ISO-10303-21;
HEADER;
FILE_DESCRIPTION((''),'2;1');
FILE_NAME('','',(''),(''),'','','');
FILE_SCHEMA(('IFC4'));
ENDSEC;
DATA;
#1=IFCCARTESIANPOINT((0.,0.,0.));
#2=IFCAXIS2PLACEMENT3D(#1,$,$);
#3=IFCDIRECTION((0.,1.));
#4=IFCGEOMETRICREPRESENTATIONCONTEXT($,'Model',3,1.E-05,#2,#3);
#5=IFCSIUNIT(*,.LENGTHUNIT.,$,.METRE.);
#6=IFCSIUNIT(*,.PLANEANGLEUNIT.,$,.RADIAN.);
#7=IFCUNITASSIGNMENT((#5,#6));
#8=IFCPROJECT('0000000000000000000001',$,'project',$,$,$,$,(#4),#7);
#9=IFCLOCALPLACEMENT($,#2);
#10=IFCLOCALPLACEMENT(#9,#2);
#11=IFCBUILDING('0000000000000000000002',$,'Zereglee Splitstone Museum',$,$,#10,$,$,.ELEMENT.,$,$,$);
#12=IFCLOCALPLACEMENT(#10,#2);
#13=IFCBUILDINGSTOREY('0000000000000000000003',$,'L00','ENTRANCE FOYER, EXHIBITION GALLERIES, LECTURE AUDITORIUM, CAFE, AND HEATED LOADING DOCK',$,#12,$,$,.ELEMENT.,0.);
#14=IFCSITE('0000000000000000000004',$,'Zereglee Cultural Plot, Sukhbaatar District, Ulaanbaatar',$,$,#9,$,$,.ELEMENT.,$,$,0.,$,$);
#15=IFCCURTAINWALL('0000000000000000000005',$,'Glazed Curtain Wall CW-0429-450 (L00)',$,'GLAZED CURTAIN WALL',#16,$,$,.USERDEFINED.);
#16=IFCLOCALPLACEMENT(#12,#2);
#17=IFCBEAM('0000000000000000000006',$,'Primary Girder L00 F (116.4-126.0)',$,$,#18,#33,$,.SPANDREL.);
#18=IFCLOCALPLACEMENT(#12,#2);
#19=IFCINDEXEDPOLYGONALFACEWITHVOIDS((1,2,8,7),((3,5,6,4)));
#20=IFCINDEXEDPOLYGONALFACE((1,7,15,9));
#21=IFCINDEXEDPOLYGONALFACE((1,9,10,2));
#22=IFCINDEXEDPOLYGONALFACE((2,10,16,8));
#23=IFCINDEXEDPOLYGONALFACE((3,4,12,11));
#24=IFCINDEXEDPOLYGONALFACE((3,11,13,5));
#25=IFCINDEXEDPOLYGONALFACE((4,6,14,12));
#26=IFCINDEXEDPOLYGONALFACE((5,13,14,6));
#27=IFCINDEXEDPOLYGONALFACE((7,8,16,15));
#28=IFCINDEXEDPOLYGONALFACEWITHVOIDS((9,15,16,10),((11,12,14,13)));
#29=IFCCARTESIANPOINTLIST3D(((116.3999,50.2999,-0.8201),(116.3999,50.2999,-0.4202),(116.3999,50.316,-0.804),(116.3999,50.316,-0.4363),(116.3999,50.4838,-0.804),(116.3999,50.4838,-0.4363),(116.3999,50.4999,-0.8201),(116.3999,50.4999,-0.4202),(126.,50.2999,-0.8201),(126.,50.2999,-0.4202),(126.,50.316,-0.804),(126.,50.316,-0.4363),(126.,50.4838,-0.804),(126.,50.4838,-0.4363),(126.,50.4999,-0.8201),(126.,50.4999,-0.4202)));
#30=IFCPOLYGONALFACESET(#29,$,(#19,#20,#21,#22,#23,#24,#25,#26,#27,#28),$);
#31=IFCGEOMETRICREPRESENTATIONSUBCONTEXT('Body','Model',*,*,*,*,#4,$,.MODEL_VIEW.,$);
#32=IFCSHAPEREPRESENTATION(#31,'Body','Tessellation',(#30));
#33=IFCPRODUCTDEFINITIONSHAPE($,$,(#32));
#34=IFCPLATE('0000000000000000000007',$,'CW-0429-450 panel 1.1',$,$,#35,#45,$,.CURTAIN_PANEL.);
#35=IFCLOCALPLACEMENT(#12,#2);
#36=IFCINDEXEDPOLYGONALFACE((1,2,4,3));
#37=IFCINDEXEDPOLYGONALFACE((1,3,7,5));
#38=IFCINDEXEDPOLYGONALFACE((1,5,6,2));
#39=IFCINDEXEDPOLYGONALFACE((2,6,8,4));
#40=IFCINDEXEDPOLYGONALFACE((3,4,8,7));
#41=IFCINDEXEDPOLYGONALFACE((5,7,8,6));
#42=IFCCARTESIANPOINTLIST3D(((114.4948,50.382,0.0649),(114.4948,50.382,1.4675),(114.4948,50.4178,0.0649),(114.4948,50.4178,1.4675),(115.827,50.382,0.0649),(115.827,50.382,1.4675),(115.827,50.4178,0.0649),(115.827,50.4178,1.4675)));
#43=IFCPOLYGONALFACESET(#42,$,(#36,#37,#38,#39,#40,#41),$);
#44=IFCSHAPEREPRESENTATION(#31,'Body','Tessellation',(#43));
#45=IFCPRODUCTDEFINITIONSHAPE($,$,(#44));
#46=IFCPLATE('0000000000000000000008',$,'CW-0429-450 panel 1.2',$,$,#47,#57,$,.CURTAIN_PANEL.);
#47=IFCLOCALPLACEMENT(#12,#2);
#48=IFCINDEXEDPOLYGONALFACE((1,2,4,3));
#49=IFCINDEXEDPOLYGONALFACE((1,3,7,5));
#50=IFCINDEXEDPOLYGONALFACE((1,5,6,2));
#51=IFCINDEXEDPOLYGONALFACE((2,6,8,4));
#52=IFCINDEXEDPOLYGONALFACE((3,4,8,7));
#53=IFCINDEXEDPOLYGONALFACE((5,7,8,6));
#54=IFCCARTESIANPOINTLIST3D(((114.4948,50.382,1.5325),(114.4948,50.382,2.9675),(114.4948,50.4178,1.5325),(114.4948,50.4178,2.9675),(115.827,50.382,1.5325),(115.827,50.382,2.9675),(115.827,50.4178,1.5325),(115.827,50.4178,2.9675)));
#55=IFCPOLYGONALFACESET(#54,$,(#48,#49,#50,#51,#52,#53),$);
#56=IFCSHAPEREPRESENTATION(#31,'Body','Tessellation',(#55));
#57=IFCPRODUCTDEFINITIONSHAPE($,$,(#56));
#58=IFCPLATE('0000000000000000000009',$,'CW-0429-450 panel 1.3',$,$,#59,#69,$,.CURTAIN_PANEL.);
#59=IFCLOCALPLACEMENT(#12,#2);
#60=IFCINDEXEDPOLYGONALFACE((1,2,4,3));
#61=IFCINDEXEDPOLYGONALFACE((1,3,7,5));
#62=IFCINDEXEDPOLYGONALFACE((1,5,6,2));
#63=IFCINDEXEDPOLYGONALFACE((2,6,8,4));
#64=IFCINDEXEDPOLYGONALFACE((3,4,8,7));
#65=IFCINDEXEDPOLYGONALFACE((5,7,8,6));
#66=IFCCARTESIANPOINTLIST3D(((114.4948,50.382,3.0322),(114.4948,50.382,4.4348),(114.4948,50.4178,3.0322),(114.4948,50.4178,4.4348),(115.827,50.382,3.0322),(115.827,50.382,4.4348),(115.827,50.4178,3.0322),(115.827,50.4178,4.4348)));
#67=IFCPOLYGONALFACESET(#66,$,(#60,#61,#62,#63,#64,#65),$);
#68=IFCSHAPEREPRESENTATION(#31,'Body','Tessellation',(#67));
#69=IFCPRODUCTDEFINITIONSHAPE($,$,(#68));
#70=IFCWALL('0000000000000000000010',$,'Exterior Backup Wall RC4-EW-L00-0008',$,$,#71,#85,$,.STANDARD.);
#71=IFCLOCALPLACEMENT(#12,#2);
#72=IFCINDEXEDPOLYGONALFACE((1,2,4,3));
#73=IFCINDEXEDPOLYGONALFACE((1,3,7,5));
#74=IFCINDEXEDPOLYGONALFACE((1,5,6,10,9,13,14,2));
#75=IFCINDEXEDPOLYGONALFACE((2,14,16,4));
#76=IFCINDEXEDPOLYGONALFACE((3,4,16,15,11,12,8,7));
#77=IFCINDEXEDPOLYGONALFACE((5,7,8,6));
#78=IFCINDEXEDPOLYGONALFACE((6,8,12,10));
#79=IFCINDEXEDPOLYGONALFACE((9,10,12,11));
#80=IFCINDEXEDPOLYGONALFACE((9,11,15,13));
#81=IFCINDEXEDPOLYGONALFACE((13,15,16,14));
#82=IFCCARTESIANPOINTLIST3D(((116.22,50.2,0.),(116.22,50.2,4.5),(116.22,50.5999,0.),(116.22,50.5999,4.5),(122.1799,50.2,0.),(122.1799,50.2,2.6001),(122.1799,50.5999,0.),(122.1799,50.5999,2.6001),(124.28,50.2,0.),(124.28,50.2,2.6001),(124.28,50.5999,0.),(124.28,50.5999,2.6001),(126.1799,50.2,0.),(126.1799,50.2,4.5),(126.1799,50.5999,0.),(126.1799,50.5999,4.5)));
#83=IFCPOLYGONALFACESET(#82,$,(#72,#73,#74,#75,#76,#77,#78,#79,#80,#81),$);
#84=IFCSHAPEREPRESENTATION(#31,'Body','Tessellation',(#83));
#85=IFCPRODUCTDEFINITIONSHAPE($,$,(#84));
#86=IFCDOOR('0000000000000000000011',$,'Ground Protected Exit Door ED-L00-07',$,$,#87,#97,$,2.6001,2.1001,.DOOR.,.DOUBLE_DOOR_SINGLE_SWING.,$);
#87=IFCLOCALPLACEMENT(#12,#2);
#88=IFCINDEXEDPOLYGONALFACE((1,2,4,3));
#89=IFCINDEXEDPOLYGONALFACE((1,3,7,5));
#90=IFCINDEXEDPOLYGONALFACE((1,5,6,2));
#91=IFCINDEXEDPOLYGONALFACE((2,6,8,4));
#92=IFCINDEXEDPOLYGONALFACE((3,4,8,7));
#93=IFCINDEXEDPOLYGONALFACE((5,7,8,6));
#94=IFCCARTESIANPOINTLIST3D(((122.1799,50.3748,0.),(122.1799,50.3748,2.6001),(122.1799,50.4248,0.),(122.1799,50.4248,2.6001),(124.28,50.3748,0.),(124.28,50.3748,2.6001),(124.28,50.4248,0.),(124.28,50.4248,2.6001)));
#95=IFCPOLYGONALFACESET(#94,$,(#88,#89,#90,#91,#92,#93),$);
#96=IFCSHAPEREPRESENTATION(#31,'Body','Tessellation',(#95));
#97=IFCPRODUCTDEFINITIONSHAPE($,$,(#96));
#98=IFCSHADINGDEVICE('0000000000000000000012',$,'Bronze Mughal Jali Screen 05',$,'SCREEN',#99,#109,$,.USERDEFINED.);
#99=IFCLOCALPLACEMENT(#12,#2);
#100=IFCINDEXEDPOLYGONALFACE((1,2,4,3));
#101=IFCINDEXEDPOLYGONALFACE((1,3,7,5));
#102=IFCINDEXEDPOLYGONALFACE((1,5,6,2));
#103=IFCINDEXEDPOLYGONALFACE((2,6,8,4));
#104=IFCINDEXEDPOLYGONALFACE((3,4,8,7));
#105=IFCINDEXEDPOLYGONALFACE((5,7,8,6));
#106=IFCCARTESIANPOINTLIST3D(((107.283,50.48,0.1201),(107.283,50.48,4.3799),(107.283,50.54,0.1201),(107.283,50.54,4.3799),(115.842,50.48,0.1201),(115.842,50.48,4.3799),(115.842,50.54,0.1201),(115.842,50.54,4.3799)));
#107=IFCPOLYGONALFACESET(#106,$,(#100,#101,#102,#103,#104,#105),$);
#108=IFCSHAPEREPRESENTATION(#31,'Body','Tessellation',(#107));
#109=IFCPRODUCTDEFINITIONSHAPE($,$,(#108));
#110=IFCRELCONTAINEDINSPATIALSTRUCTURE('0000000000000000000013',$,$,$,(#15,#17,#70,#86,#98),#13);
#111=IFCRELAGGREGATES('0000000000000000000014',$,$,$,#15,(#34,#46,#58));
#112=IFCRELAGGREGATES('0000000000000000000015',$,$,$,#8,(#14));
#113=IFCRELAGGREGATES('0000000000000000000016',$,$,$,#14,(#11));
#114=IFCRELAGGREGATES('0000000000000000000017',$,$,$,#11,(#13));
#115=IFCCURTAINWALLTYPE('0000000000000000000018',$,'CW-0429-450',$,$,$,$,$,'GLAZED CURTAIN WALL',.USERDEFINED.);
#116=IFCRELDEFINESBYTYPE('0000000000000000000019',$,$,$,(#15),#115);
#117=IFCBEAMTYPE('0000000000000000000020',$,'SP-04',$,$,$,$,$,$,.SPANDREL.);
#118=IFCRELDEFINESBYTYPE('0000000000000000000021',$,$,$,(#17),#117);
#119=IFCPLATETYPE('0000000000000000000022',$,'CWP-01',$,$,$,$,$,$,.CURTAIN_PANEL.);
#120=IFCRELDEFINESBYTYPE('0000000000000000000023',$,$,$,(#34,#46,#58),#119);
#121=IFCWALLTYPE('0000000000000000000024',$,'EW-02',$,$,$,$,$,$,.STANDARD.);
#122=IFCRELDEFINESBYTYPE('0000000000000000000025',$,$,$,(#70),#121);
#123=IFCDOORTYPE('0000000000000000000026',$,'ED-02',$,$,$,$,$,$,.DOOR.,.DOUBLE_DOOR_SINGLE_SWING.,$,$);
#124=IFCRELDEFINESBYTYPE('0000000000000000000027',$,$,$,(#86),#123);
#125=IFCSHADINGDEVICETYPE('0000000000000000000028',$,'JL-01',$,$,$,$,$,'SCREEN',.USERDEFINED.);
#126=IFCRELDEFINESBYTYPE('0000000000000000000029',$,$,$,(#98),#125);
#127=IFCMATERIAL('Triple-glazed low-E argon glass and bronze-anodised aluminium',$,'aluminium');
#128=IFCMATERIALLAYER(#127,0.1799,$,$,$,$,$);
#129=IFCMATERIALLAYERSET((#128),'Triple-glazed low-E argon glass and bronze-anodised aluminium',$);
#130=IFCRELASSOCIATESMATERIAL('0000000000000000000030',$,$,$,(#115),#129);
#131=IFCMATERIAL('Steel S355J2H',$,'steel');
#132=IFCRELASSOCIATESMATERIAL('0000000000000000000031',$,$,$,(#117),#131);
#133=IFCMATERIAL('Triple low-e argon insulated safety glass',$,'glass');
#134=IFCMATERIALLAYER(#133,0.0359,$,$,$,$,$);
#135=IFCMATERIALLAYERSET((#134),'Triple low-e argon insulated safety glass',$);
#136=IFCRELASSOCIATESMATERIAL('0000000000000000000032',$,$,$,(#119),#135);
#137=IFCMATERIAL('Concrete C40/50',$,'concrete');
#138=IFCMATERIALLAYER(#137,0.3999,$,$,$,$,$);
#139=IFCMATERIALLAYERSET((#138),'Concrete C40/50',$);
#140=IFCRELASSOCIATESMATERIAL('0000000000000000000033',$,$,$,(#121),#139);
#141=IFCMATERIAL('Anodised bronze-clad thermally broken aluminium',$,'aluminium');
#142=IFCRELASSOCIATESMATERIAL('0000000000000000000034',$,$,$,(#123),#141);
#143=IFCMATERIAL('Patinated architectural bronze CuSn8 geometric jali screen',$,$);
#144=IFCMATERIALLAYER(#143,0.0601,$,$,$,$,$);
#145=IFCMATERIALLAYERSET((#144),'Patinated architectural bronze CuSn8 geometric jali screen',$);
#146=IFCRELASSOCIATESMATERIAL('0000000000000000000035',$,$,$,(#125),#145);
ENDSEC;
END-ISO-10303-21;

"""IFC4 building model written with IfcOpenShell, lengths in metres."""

from ifc_helpers import new_model, si_unit, direction, frame, frame_2d, origin, origin_2d, place, context, subcontext, project, spatial, polyline, rectangle, hollow_rectangle, outline, extrude, material, layer, layer_set, material_profile, profile_set, type_object, element, fill, aggregate, save


model = new_model("IFC4")

# Units and contexts
model_context = context("Model", 3, precision=1e-05, world=origin(), true_north=direction((0.0, 1.0)))
body_context = subcontext(model_context, "Body", "Model", "MODEL_VIEW")
ifc_project = project(units=[si_unit("LENGTHUNIT", "METRE"), si_unit("PLANEANGLEUNIT", "RADIAN")], contexts=[model_context])

# Site, building, storey
site_placement = place(None, origin())
site = spatial("IfcSite", under=ifc_project, at=site_placement, Name="Zereglee Cultural Plot, Sukhbaatar District, Ulaanbaatar", CompositionType="ELEMENT", RefElevation=0.0)
building_placement = place(site_placement, origin())
building = spatial("IfcBuilding", under=site, at=building_placement, Name="Zereglee Splitstone Museum", CompositionType="ELEMENT")
storey_placement = place(building_placement, origin())
storey = spatial("IfcBuildingStorey", under=building, at=storey_placement, Name="L00", Description="ENTRANCE FOYER, EXHIBITION GALLERIES, LECTURE AUDITORIUM, CAFE, AND HEATED LOADING DOCK", CompositionType="ELEMENT", Elevation=0.0)

# Shared definitions
ifc_material_1 = material(Name="Triple-glazed low-E argon glass and bronze-anodised aluminium", Category="aluminium")

# Curtain wall
ifc_layer_1 = layer(ifc_material_1, 0.1799)
ifc_layer_set_1 = layer_set([ifc_layer_1], Name="Triple-glazed low-E argon glass and bronze-anodised aluminium")
curtain_wall_type_1 = type_object("IfcCurtainWallType", Name="CW-0429-450", ElementType="GLAZED CURTAIN WALL", PredefinedType="USERDEFINED", material=ifc_layer_set_1)
curtain_wall_1_placement = place(storey_placement, origin())
curtain_wall_1 = element("IfcCurtainWall", 1, at=curtain_wall_1_placement, inside=storey, type_object=curtain_wall_type_1, Name="Glazed Curtain Wall CW-0429-450 (L00)", ObjectType="GLAZED CURTAIN WALL", PredefinedType="USERDEFINED")

# Beam
ifc_material_2 = material(Name="Concrete C40/50", Category="concrete")
ifc_material_3 = material(Name="Steel S355J2H", Category="steel")
ifc_material_profile_1 = material_profile(ifc_material_3, hollow_rectangle(XDim=0.2, YDim=0.3999, WallThickness=0.0161, at=origin_2d()), Name="RHS 400x200x16")
ifc_profile_set_1 = profile_set([ifc_material_profile_1], Name="Steel S355J2H")
beam_type_1 = type_object("IfcBeamType", Name="SP-04", PredefinedType="SPANDREL", material=ifc_profile_set_1)
beam_1_placement = place(storey_placement, frame((116.3999, 50.3999, -0.6201), z_axis=(1.0, 0.0, 0.0), x_axis=(0.0, 1.0, 0.0)))
element("IfcBeam", 2, at=beam_1_placement, inside=storey, type_object=beam_type_1, Name="Primary Girder L00 F (116.4-126.0)", PredefinedType="SPANDREL", context=body_context, shape_type="SweptSolid", body=[
    extrude(hollow_rectangle(XDim=0.2, YDim=0.3999, WallThickness=0.0161, at=origin_2d()), origin(), (0.0, 0.0, 1.0), 9.6001),
])

# Plates
ifc_material_4 = material(Name="Triple low-e argon insulated safety glass", Category="glass")
ifc_layer_2 = layer(ifc_material_4, 0.0359)
ifc_layer_set_2 = layer_set([ifc_layer_2], Name="Triple low-e argon insulated safety glass")
plate_type = type_object("IfcPlateType", Name="CWP-01", PredefinedType="CURTAIN_PANEL", material=ifc_layer_set_2)
plate_1_placement = place(storey_placement, frame((115.1609, 50.3999, 0.0649), z_axis=(0.0, 0.0, 1.0), x_axis=(-1.0, 0.0, 0.0)))
plate_1 = element("IfcPlate", 3, at=plate_1_placement, type_object=plate_type, Name="CW-0429-450 panel 1.1", PredefinedType="CURTAIN_PANEL", context=body_context, shape_type="SweptSolid", body=[
    extrude(rectangle(XDim=1.3323, YDim=0.0359, at=origin_2d()), origin(), (0.0, 0.0, 1.0), 1.4026),
])
plate_2_placement = place(storey_placement, frame((115.1609, 50.3999, 1.5325), z_axis=(0.0, 0.0, 1.0), x_axis=(-1.0, 0.0, 0.0)))
plate_2 = element("IfcPlate", 4, at=plate_2_placement, type_object=plate_type, Name="CW-0429-450 panel 1.2", PredefinedType="CURTAIN_PANEL", context=body_context, shape_type="SweptSolid", body=[
    extrude(rectangle(XDim=1.3323, YDim=0.0359, at=origin_2d()), origin(), (0.0, 0.0, 1.0), 1.4351),
])
plate_3_placement = place(storey_placement, frame((115.1609, 50.3999, 3.0322), z_axis=(0.0, 0.0, 1.0), x_axis=(-1.0, 0.0, 0.0)))
plate_3 = element("IfcPlate", 5, at=plate_3_placement, type_object=plate_type, Name="CW-0429-450 panel 1.3", PredefinedType="CURTAIN_PANEL", context=body_context, shape_type="SweptSolid", body=[
    extrude(rectangle(XDim=1.3323, YDim=0.0359, at=origin_2d()), origin(), (0.0, 0.0, 1.0), 1.4026),
])
aggregate(curtain_wall_1, [plate_1, plate_2, plate_3])

# Wall, opening, door
ifc_layer_3 = layer(ifc_material_2, 0.3999)
ifc_layer_set_3 = layer_set([ifc_layer_3], Name="Concrete C40/50")
wall_type = type_object("IfcWallType", Name="EW-02", PredefinedType="STANDARD", material=ifc_layer_set_3)
wall_placement = place(storey_placement, frame((126.1799, 50.3999, 0.0), z_axis=(0.0, 0.0, 1.0), x_axis=(-1.0, 0.0, 0.0)))
wall = element("IfcWall", 6, at=wall_placement, inside=storey, type_object=wall_type, Name="Exterior Backup Wall RC4-EW-L00-0008", PredefinedType="STANDARD", context=body_context, shape_type="SweptSolid", body=[
    extrude(rectangle(XDim=9.96, YDim=0.3999, at=frame_2d((4.98, 0.0))), origin(), (0.0, 0.0, 1.0), 4.5),
])
opening_placement = place(wall_placement, frame((1.8999, 0.0, 0.0)))
opening = element("IfcOpeningElement", 7, at=opening_placement, cuts=wall, PredefinedType="OPENING", context=body_context, shape_type="SweptSolid", body=[
    extrude(rectangle(XDim=2.1001, YDim=2.6001, at=frame_2d((1.05, 1.3))), frame((0.0, 0.2148, 0.0), z_axis=(0.0, -1.0, 0.0), x_axis=(1.0, 0.0, 0.0)), (0.0, 0.0, 1.0), 0.4297),
])
ifc_material_5 = material(Name="Anodised bronze-clad thermally broken aluminium", Category="aluminium")
door_type = type_object("IfcDoorType", Name="ED-02", OperationType="DOUBLE_DOOR_SINGLE_SWING", PredefinedType="DOOR", material=ifc_material_5)
door_placement = place(opening_placement, frame((2.1001, 0.0, 0.0), z_axis=(0.0, 0.0, 1.0), x_axis=(-1.0, 0.0, 0.0)))
door = element("IfcDoor", 8, at=door_placement, inside=storey, type_object=door_type, Name="Ground Protected Exit Door ED-L00-07", OperationType="DOUBLE_DOOR_SINGLE_SWING", OverallHeight=2.6001, OverallWidth=2.1001, PredefinedType="DOOR", context=body_context, shape_type="SweptSolid", body=[
    extrude(rectangle(XDim=2.1001, YDim=2.6001, at=frame_2d((1.05, 1.3))), frame((0.0, 0.0249, 0.0), z_axis=(0.0, -1.0, 0.0), x_axis=(1.0, 0.0, 0.0)), (0.0, 0.0, 1.0), 0.05),
])
fill(opening, door)

# Shading device
ifc_material_6 = material(Name="Patinated architectural bronze CuSn8 geometric jali screen")
ifc_layer_4 = layer(ifc_material_6, 0.0601)
ifc_layer_set_4 = layer_set([ifc_layer_4], Name="Patinated architectural bronze CuSn8 geometric jali screen")
shading_device_type = type_object("IfcShadingDeviceType", Name="JL-01", ElementType="SCREEN", PredefinedType="USERDEFINED", material=ifc_layer_set_4)
shading_device_placement = place(storey_placement, frame((115.842, 50.48, 0.1201), z_axis=(0.0, 1.0, 0.0), x_axis=(-1.0, 0.0, 0.0)))
element("IfcShadingDevice", 9, at=shading_device_placement, inside=storey, type_object=shading_device_type, Name="Bronze Mughal Jali Screen 05", ObjectType="SCREEN", PredefinedType="USERDEFINED", context=body_context, shape_type="SweptSolid", body=[
    extrude(outline(polyline([(0.0, 0.0), (8.5591, 0.0), (8.5591, 4.2598), (0.0, 4.2598), (0.0, 0.0)])), origin(), (0.0, 0.0, 1.0), 0.0601),
])

save(model, "model.ifc")
